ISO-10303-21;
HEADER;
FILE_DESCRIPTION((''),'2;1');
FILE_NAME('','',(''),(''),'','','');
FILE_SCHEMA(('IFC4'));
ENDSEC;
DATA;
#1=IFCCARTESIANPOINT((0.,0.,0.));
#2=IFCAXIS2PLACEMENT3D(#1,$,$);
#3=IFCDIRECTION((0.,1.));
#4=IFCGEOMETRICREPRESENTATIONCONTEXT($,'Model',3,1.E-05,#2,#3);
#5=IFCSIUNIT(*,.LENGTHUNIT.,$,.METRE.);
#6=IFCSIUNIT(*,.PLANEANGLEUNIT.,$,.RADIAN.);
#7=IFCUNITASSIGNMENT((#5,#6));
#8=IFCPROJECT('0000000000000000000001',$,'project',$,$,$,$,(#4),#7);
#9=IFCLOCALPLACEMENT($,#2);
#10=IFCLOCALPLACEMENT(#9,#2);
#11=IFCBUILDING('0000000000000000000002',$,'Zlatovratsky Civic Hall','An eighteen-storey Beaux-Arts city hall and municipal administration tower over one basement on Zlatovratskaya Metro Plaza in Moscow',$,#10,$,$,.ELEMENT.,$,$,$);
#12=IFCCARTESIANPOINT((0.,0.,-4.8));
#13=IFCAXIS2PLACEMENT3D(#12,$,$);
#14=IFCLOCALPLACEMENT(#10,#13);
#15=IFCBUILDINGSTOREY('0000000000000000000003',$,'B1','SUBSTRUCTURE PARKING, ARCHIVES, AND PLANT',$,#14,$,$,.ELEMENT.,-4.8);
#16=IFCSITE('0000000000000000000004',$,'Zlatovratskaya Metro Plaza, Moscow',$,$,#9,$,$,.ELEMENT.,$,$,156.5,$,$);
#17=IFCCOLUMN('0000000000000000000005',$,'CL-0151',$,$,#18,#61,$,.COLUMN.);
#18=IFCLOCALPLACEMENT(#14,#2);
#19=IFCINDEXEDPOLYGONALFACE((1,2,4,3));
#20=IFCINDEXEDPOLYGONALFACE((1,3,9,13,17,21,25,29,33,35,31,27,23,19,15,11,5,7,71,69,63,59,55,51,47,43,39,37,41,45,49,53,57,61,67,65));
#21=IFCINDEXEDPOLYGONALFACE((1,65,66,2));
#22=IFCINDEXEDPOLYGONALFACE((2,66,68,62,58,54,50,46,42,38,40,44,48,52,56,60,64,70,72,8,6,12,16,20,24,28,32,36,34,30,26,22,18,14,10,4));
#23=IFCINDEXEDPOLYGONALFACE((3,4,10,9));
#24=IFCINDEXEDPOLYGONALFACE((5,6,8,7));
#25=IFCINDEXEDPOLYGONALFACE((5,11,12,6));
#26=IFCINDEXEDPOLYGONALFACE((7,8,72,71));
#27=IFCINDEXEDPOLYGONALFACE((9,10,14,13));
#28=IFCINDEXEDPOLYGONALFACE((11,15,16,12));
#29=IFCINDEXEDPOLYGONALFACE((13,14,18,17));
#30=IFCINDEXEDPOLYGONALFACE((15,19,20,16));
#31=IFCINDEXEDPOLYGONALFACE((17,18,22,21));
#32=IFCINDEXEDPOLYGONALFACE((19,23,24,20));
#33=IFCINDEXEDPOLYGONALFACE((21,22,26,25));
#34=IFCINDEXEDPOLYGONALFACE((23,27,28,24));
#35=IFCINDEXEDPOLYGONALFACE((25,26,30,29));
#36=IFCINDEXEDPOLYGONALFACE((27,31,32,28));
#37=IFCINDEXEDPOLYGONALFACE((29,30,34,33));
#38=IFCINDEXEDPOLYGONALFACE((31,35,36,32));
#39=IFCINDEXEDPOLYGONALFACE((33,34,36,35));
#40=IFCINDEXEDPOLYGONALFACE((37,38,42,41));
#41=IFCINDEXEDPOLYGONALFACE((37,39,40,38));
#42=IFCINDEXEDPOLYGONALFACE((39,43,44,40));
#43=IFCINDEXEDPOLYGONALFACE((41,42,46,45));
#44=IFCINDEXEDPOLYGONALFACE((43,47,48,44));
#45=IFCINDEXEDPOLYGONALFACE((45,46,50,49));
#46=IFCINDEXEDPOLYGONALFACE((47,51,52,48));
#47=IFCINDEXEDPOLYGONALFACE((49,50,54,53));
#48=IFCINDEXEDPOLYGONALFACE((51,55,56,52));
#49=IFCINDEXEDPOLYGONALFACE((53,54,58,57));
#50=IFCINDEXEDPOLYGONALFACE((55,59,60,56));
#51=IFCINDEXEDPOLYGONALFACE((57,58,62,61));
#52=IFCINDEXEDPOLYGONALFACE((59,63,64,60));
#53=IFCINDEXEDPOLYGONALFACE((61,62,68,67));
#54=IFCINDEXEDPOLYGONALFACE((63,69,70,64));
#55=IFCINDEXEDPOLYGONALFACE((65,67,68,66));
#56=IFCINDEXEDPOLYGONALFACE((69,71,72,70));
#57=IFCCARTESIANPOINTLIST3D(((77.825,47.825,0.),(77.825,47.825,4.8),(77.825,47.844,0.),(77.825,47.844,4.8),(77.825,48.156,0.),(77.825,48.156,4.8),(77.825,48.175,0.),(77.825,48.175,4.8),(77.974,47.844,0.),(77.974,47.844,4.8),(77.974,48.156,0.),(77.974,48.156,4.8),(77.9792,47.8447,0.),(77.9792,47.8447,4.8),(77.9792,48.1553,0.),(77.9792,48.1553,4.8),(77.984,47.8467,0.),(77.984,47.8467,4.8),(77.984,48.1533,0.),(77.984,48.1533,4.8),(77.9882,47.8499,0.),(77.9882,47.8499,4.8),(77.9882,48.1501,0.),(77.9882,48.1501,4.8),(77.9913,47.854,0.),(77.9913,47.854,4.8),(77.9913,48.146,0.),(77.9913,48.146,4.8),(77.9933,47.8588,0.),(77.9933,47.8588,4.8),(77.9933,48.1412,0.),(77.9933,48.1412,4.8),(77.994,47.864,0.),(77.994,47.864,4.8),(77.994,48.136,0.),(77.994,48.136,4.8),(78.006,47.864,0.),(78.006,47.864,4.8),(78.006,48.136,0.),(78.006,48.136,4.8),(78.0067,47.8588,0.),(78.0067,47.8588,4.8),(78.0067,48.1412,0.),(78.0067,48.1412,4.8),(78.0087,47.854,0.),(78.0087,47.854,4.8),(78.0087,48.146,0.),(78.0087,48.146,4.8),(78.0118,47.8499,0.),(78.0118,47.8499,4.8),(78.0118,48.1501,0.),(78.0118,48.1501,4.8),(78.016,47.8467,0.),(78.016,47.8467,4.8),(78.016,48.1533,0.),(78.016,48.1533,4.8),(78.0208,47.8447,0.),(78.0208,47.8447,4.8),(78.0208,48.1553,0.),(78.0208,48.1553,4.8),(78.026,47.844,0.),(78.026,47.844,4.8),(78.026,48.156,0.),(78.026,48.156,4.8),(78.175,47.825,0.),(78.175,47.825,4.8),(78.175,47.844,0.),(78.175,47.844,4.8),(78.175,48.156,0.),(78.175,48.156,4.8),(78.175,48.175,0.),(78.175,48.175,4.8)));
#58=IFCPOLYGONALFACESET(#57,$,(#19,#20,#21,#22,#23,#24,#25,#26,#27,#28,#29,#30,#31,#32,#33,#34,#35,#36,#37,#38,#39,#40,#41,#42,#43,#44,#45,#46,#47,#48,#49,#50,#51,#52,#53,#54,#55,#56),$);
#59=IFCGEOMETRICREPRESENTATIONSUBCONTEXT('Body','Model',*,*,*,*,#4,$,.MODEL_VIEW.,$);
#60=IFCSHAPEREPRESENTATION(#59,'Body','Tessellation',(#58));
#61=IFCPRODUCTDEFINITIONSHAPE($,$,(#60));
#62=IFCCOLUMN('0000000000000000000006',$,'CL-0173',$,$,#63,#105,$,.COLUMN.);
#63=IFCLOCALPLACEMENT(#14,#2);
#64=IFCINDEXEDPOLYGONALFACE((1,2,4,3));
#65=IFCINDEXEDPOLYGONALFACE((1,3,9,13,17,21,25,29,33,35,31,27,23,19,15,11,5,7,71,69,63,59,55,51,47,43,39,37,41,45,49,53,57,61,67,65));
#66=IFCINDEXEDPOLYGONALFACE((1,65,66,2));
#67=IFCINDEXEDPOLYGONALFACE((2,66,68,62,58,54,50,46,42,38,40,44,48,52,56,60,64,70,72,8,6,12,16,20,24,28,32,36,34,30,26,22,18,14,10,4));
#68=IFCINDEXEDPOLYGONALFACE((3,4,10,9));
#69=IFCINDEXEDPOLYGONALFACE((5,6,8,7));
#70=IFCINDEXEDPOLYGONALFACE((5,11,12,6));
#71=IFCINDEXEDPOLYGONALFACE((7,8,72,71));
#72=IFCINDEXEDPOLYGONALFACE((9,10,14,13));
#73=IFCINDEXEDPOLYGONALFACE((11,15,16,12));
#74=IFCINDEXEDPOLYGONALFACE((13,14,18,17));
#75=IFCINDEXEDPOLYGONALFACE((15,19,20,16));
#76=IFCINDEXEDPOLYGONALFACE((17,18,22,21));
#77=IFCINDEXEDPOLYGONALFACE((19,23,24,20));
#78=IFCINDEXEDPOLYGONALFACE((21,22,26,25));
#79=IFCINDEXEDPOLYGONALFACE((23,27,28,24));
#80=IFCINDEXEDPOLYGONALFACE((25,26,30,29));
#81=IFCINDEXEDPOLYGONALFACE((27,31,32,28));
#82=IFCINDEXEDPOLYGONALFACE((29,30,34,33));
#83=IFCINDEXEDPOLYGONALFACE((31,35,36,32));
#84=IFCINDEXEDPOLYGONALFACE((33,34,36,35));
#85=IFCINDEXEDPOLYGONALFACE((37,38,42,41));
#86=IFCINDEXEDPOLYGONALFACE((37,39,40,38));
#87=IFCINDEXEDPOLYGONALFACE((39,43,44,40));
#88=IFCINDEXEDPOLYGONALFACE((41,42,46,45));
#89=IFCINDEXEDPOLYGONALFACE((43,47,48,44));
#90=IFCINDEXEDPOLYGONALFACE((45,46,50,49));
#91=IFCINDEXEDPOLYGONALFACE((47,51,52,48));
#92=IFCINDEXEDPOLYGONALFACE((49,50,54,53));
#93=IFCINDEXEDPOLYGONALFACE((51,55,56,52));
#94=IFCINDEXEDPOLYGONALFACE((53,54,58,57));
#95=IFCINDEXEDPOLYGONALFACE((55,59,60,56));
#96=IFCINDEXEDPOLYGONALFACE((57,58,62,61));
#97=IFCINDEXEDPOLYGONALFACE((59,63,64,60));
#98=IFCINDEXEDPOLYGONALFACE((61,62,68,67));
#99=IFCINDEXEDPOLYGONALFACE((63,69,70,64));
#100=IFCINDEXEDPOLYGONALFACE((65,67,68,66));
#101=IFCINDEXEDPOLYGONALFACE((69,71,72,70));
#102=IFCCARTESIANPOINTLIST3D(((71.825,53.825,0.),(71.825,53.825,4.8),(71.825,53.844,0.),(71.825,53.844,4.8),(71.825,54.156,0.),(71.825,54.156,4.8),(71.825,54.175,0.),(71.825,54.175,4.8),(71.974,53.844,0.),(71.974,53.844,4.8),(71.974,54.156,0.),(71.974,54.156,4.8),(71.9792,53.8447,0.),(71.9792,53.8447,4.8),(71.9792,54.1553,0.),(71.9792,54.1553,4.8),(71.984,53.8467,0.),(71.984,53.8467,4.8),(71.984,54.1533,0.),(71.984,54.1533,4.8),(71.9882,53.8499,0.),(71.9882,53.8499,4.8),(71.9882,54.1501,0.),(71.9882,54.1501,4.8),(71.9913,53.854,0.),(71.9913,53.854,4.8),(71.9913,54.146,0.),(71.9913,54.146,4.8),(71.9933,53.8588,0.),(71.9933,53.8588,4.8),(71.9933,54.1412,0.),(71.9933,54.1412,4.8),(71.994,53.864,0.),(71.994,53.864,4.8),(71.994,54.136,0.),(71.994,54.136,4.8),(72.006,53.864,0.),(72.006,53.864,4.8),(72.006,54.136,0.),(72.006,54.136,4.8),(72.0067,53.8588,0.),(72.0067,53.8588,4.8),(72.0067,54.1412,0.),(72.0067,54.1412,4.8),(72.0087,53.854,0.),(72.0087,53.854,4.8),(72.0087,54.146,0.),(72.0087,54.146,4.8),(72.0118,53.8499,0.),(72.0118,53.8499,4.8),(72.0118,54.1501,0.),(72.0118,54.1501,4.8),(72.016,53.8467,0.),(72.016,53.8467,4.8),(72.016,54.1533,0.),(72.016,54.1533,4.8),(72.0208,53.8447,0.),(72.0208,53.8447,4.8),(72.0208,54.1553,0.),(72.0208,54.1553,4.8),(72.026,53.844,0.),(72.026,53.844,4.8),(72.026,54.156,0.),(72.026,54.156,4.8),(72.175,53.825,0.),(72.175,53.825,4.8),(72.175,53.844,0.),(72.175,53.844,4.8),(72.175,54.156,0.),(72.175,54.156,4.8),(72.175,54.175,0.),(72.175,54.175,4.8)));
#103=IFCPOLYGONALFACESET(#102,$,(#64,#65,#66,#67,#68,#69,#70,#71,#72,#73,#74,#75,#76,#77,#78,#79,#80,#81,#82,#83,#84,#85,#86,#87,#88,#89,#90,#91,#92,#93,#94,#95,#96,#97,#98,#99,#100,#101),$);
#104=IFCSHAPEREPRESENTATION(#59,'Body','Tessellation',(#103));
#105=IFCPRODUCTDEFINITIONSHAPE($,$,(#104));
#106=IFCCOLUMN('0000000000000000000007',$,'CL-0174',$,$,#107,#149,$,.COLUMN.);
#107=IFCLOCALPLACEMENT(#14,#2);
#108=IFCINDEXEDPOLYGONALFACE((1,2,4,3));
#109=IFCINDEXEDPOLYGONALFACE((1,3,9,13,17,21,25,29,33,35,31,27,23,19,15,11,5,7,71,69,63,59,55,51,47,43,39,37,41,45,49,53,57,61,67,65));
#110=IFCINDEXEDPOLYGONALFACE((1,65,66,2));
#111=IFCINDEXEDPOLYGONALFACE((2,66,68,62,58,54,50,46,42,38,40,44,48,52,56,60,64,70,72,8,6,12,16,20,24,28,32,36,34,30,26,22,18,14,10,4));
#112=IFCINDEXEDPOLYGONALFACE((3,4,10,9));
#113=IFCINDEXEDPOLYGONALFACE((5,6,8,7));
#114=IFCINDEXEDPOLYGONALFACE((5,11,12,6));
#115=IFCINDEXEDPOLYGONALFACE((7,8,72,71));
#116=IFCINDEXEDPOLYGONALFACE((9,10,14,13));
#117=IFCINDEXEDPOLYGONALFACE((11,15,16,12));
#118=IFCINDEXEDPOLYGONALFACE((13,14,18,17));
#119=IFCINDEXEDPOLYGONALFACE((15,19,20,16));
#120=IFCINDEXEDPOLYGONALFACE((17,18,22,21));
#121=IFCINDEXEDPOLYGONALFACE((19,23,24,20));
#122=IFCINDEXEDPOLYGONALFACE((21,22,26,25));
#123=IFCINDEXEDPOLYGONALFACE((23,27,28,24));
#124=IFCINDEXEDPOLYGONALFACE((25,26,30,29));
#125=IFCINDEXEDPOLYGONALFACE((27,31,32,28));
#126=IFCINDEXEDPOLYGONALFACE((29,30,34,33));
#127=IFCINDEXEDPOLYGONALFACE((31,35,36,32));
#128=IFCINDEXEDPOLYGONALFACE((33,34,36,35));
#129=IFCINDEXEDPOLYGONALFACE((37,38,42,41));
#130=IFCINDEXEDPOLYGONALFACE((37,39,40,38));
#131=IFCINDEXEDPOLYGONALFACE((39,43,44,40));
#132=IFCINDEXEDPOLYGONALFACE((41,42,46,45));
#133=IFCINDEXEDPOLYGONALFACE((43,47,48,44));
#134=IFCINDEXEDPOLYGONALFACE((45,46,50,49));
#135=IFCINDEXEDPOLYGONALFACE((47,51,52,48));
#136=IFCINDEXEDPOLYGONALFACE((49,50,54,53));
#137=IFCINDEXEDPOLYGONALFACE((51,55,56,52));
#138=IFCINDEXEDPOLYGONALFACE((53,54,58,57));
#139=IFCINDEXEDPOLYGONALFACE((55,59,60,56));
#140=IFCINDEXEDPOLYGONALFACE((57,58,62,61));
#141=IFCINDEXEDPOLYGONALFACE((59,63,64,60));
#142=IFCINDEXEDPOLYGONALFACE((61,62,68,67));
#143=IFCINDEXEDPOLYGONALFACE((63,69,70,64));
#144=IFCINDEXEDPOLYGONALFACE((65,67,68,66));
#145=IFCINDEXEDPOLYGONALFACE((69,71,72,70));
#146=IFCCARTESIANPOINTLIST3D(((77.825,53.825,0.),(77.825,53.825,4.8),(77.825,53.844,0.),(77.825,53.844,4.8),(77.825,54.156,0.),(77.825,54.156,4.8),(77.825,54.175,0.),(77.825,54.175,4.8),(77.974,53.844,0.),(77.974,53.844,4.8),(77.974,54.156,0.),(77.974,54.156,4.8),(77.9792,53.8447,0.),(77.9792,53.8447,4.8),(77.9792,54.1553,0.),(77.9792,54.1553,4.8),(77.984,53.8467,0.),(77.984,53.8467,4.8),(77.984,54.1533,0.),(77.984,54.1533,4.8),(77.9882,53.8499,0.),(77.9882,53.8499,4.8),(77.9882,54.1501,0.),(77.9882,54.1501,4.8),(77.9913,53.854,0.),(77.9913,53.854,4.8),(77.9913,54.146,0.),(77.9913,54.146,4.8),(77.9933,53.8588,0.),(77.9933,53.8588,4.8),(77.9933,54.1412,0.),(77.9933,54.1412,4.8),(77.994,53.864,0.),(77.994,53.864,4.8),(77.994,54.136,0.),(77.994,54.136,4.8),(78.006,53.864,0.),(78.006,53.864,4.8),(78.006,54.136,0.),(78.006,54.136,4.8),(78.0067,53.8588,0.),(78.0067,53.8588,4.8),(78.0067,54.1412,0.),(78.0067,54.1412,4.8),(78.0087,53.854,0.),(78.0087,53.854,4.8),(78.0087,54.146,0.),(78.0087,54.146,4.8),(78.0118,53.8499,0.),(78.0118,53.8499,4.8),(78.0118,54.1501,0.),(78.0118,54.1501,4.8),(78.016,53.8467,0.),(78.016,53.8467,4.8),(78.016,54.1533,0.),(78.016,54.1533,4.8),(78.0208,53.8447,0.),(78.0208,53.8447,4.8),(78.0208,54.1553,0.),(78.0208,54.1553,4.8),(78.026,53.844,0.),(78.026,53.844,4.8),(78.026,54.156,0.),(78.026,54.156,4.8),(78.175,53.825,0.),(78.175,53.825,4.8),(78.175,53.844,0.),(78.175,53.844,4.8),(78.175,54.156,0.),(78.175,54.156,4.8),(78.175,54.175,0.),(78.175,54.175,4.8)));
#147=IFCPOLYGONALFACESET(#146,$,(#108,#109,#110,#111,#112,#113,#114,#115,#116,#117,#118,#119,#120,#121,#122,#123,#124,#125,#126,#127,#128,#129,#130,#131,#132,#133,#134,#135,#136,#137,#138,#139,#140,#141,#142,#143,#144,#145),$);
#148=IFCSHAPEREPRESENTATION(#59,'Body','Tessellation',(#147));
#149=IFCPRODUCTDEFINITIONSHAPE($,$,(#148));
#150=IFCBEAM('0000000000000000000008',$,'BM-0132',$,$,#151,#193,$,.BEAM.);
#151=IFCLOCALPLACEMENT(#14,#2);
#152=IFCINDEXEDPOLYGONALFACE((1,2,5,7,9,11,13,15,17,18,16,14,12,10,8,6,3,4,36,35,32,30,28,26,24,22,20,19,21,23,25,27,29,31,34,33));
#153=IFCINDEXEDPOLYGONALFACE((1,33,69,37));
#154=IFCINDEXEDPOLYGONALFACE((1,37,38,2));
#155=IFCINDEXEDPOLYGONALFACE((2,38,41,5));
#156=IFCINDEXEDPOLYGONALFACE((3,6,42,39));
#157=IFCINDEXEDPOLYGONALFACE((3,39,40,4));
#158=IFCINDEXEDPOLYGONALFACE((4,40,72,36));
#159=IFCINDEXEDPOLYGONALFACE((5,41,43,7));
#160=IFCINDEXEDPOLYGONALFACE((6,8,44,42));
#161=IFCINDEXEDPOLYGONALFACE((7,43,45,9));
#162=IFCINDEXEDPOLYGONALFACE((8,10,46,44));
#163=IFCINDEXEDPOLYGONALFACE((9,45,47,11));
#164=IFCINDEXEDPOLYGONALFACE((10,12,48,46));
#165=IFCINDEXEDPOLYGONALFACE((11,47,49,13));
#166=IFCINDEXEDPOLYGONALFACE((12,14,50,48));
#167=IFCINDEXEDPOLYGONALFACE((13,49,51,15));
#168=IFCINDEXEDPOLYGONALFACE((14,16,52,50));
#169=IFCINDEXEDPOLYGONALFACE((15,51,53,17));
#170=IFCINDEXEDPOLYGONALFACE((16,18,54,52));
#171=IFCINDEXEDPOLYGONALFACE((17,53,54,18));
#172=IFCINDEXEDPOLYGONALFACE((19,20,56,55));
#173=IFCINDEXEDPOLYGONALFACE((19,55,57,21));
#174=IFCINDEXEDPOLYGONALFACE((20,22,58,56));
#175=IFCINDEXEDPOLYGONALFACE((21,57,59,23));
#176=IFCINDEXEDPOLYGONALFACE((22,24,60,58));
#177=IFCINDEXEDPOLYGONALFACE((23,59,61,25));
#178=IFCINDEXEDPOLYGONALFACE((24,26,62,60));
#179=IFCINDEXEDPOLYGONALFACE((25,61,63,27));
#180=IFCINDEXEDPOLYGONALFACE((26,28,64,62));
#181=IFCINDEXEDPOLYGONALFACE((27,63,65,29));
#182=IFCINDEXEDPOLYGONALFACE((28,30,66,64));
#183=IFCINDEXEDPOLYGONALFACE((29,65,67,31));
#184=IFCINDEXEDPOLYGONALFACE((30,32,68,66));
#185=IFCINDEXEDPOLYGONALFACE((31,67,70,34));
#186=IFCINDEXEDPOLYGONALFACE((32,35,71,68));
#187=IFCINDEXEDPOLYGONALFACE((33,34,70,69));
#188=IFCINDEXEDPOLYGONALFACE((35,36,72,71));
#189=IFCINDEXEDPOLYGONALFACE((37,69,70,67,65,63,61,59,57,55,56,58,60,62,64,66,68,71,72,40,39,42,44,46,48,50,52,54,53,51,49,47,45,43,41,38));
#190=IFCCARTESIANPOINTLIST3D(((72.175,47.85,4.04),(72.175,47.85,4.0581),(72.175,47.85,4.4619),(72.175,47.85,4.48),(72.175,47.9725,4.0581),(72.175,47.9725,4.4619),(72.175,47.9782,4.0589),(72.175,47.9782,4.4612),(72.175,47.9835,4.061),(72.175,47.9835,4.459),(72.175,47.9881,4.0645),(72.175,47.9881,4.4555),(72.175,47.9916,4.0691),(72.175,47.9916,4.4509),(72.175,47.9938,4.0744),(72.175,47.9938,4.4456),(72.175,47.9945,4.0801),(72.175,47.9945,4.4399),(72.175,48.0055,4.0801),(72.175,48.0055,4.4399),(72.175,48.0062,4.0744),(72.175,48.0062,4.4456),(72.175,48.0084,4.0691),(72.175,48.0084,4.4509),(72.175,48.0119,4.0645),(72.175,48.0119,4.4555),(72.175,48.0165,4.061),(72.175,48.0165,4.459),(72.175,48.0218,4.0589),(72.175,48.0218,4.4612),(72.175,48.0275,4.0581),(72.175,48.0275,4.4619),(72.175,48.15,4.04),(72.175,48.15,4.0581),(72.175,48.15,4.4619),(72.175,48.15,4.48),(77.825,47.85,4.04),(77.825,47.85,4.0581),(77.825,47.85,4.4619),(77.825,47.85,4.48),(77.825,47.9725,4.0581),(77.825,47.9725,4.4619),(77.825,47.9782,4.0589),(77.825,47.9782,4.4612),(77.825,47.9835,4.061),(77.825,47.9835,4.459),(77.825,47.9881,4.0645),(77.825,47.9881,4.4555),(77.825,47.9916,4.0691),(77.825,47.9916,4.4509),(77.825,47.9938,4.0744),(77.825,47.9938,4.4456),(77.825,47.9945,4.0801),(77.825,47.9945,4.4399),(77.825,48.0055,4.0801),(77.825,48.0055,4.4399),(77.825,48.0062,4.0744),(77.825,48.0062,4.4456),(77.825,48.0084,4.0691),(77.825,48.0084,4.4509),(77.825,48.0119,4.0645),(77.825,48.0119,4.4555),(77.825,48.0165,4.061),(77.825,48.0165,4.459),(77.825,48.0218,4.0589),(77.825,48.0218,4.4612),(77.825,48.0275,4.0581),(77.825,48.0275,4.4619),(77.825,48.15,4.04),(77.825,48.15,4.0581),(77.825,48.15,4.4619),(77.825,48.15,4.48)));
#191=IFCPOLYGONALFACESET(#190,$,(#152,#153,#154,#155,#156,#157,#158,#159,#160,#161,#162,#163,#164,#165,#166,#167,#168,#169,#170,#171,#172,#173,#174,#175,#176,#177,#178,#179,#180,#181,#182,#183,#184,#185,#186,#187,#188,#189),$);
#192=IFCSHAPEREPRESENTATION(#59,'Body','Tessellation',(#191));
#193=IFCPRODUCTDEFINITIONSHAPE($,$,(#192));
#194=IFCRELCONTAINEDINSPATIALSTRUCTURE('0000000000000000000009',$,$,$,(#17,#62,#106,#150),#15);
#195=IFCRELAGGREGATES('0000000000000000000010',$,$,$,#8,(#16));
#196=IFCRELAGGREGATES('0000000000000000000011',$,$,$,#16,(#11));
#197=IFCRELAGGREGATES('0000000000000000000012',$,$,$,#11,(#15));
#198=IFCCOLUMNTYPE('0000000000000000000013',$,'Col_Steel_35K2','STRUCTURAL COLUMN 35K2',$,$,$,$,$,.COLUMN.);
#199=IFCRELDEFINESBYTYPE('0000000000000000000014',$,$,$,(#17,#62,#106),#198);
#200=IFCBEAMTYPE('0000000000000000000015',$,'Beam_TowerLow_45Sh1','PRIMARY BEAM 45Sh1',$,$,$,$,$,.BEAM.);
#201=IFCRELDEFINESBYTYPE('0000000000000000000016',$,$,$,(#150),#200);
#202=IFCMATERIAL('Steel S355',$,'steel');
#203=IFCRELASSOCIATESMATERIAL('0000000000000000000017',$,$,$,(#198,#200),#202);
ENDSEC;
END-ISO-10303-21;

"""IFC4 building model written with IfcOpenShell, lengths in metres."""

from ifc_helpers import new_model, si_unit, direction, frame, origin, origin_2d, place, context, subcontext, project, spatial, i_section, extrude, material, material_profile, profile_set, type_object, element, save


model = new_model("IFC4")

# Units and contexts
model_context = context("Model", 3, precision=1e-05, world=origin(), true_north=direction((0.0, 1.0)))
body_context = subcontext(model_context, "Body", "Model", "MODEL_VIEW")
ifc_project = project(units=[si_unit("LENGTHUNIT", "METRE"), si_unit("PLANEANGLEUNIT", "RADIAN")], contexts=[model_context])

# Site, building, storey
site_placement = place(None, origin())
site = spatial("IfcSite", under=ifc_project, at=site_placement, Name="Zlatovratskaya Metro Plaza, Moscow", CompositionType="ELEMENT", RefElevation=156.5)
building_placement = place(site_placement, origin())
building = spatial("IfcBuilding", under=site, at=building_placement, Name="Zlatovratsky Civic Hall", Description="An eighteen-storey Beaux-Arts city hall and municipal administration tower over one basement on Zlatovratskaya Metro Plaza in Moscow", CompositionType="ELEMENT")
storey_placement = place(building_placement, frame((0.0, 0.0, -4.8)))
storey = spatial("IfcBuildingStorey", under=building, at=storey_placement, Name="B1", Description="SUBSTRUCTURE PARKING, ARCHIVES, AND PLANT", CompositionType="ELEMENT", Elevation=-4.8)

# Columns
ifc_material_1 = material(Name="Steel S355", Category="steel")
ifc_material_profile_1 = material_profile(ifc_material_1, i_section(OverallWidth=0.3501, OverallDepth=0.3501, WebThickness=0.012, FlangeThickness=0.019, FilletRadius=0.02, at=origin_2d()), Name="35K2")
ifc_profile_set_1 = profile_set([ifc_material_profile_1], Name="Steel S355")
column_type_1 = type_object("IfcColumnType", Name="Col_Steel_35K2", Description="STRUCTURAL COLUMN 35K2", PredefinedType="COLUMN", material=ifc_profile_set_1)
for number, where, z_axis, x_axis, name in (
    (1, (78.0, 48.0, 0.0), (0.0, 0.0, 1.0), (1.0, 0.0, 0.0), "CL-0151"),
    (2, (72.0, 54.0, 0.0), (0.0, 0.0, 1.0), (1.0, 0.0, 0.0), "CL-0173"),
    (3, (78.0, 54.0, 0.0), (0.0, 0.0, 1.0), (1.0, 0.0, 0.0), "CL-0174"),
):
    element("IfcColumn", number, at=place(storey_placement, frame(where, z_axis=z_axis, x_axis=x_axis)), inside=storey, type_object=column_type_1, Name=name, PredefinedType="COLUMN", context=body_context, shape_type="SweptSolid", body=[
        extrude(i_section(OverallWidth=0.3501, OverallDepth=0.3501, WebThickness=0.012, FlangeThickness=0.019, FilletRadius=0.02, at=origin_2d()), origin(), (0.0, 0.0, 1.0), 4.8),
    ])

# Beam
ifc_material_profile_2 = material_profile(ifc_material_1, i_section(OverallWidth=0.3, OverallDepth=0.4399, WebThickness=0.011, FlangeThickness=0.0181, FilletRadius=0.022, at=origin_2d()), Name="45Sh1")
ifc_profile_set_2 = profile_set([ifc_material_profile_2], Name="Steel S355")
beam_type = type_object("IfcBeamType", Name="Beam_TowerLow_45Sh1", Description="PRIMARY BEAM 45Sh1", PredefinedType="BEAM", material=ifc_profile_set_2)
for number, where, z_axis, x_axis, name in (
    (4, (72.175, 48.0, 4.26), (1.0, 0.0, 0.0), (0.0, 1.0, 0.0), "BM-0132"),
):
    element("IfcBeam", number, at=place(storey_placement, frame(where, z_axis=z_axis, x_axis=x_axis)), inside=storey, type_object=beam_type, Name=name, PredefinedType="BEAM", context=body_context, shape_type="SweptSolid", body=[
        extrude(i_section(OverallWidth=0.3, OverallDepth=0.4399, WebThickness=0.011, FlangeThickness=0.0181, FilletRadius=0.022, at=origin_2d()), origin(), (0.0, 0.0, 1.0), 5.6499),
    ])

save(model, "model.ifc")
